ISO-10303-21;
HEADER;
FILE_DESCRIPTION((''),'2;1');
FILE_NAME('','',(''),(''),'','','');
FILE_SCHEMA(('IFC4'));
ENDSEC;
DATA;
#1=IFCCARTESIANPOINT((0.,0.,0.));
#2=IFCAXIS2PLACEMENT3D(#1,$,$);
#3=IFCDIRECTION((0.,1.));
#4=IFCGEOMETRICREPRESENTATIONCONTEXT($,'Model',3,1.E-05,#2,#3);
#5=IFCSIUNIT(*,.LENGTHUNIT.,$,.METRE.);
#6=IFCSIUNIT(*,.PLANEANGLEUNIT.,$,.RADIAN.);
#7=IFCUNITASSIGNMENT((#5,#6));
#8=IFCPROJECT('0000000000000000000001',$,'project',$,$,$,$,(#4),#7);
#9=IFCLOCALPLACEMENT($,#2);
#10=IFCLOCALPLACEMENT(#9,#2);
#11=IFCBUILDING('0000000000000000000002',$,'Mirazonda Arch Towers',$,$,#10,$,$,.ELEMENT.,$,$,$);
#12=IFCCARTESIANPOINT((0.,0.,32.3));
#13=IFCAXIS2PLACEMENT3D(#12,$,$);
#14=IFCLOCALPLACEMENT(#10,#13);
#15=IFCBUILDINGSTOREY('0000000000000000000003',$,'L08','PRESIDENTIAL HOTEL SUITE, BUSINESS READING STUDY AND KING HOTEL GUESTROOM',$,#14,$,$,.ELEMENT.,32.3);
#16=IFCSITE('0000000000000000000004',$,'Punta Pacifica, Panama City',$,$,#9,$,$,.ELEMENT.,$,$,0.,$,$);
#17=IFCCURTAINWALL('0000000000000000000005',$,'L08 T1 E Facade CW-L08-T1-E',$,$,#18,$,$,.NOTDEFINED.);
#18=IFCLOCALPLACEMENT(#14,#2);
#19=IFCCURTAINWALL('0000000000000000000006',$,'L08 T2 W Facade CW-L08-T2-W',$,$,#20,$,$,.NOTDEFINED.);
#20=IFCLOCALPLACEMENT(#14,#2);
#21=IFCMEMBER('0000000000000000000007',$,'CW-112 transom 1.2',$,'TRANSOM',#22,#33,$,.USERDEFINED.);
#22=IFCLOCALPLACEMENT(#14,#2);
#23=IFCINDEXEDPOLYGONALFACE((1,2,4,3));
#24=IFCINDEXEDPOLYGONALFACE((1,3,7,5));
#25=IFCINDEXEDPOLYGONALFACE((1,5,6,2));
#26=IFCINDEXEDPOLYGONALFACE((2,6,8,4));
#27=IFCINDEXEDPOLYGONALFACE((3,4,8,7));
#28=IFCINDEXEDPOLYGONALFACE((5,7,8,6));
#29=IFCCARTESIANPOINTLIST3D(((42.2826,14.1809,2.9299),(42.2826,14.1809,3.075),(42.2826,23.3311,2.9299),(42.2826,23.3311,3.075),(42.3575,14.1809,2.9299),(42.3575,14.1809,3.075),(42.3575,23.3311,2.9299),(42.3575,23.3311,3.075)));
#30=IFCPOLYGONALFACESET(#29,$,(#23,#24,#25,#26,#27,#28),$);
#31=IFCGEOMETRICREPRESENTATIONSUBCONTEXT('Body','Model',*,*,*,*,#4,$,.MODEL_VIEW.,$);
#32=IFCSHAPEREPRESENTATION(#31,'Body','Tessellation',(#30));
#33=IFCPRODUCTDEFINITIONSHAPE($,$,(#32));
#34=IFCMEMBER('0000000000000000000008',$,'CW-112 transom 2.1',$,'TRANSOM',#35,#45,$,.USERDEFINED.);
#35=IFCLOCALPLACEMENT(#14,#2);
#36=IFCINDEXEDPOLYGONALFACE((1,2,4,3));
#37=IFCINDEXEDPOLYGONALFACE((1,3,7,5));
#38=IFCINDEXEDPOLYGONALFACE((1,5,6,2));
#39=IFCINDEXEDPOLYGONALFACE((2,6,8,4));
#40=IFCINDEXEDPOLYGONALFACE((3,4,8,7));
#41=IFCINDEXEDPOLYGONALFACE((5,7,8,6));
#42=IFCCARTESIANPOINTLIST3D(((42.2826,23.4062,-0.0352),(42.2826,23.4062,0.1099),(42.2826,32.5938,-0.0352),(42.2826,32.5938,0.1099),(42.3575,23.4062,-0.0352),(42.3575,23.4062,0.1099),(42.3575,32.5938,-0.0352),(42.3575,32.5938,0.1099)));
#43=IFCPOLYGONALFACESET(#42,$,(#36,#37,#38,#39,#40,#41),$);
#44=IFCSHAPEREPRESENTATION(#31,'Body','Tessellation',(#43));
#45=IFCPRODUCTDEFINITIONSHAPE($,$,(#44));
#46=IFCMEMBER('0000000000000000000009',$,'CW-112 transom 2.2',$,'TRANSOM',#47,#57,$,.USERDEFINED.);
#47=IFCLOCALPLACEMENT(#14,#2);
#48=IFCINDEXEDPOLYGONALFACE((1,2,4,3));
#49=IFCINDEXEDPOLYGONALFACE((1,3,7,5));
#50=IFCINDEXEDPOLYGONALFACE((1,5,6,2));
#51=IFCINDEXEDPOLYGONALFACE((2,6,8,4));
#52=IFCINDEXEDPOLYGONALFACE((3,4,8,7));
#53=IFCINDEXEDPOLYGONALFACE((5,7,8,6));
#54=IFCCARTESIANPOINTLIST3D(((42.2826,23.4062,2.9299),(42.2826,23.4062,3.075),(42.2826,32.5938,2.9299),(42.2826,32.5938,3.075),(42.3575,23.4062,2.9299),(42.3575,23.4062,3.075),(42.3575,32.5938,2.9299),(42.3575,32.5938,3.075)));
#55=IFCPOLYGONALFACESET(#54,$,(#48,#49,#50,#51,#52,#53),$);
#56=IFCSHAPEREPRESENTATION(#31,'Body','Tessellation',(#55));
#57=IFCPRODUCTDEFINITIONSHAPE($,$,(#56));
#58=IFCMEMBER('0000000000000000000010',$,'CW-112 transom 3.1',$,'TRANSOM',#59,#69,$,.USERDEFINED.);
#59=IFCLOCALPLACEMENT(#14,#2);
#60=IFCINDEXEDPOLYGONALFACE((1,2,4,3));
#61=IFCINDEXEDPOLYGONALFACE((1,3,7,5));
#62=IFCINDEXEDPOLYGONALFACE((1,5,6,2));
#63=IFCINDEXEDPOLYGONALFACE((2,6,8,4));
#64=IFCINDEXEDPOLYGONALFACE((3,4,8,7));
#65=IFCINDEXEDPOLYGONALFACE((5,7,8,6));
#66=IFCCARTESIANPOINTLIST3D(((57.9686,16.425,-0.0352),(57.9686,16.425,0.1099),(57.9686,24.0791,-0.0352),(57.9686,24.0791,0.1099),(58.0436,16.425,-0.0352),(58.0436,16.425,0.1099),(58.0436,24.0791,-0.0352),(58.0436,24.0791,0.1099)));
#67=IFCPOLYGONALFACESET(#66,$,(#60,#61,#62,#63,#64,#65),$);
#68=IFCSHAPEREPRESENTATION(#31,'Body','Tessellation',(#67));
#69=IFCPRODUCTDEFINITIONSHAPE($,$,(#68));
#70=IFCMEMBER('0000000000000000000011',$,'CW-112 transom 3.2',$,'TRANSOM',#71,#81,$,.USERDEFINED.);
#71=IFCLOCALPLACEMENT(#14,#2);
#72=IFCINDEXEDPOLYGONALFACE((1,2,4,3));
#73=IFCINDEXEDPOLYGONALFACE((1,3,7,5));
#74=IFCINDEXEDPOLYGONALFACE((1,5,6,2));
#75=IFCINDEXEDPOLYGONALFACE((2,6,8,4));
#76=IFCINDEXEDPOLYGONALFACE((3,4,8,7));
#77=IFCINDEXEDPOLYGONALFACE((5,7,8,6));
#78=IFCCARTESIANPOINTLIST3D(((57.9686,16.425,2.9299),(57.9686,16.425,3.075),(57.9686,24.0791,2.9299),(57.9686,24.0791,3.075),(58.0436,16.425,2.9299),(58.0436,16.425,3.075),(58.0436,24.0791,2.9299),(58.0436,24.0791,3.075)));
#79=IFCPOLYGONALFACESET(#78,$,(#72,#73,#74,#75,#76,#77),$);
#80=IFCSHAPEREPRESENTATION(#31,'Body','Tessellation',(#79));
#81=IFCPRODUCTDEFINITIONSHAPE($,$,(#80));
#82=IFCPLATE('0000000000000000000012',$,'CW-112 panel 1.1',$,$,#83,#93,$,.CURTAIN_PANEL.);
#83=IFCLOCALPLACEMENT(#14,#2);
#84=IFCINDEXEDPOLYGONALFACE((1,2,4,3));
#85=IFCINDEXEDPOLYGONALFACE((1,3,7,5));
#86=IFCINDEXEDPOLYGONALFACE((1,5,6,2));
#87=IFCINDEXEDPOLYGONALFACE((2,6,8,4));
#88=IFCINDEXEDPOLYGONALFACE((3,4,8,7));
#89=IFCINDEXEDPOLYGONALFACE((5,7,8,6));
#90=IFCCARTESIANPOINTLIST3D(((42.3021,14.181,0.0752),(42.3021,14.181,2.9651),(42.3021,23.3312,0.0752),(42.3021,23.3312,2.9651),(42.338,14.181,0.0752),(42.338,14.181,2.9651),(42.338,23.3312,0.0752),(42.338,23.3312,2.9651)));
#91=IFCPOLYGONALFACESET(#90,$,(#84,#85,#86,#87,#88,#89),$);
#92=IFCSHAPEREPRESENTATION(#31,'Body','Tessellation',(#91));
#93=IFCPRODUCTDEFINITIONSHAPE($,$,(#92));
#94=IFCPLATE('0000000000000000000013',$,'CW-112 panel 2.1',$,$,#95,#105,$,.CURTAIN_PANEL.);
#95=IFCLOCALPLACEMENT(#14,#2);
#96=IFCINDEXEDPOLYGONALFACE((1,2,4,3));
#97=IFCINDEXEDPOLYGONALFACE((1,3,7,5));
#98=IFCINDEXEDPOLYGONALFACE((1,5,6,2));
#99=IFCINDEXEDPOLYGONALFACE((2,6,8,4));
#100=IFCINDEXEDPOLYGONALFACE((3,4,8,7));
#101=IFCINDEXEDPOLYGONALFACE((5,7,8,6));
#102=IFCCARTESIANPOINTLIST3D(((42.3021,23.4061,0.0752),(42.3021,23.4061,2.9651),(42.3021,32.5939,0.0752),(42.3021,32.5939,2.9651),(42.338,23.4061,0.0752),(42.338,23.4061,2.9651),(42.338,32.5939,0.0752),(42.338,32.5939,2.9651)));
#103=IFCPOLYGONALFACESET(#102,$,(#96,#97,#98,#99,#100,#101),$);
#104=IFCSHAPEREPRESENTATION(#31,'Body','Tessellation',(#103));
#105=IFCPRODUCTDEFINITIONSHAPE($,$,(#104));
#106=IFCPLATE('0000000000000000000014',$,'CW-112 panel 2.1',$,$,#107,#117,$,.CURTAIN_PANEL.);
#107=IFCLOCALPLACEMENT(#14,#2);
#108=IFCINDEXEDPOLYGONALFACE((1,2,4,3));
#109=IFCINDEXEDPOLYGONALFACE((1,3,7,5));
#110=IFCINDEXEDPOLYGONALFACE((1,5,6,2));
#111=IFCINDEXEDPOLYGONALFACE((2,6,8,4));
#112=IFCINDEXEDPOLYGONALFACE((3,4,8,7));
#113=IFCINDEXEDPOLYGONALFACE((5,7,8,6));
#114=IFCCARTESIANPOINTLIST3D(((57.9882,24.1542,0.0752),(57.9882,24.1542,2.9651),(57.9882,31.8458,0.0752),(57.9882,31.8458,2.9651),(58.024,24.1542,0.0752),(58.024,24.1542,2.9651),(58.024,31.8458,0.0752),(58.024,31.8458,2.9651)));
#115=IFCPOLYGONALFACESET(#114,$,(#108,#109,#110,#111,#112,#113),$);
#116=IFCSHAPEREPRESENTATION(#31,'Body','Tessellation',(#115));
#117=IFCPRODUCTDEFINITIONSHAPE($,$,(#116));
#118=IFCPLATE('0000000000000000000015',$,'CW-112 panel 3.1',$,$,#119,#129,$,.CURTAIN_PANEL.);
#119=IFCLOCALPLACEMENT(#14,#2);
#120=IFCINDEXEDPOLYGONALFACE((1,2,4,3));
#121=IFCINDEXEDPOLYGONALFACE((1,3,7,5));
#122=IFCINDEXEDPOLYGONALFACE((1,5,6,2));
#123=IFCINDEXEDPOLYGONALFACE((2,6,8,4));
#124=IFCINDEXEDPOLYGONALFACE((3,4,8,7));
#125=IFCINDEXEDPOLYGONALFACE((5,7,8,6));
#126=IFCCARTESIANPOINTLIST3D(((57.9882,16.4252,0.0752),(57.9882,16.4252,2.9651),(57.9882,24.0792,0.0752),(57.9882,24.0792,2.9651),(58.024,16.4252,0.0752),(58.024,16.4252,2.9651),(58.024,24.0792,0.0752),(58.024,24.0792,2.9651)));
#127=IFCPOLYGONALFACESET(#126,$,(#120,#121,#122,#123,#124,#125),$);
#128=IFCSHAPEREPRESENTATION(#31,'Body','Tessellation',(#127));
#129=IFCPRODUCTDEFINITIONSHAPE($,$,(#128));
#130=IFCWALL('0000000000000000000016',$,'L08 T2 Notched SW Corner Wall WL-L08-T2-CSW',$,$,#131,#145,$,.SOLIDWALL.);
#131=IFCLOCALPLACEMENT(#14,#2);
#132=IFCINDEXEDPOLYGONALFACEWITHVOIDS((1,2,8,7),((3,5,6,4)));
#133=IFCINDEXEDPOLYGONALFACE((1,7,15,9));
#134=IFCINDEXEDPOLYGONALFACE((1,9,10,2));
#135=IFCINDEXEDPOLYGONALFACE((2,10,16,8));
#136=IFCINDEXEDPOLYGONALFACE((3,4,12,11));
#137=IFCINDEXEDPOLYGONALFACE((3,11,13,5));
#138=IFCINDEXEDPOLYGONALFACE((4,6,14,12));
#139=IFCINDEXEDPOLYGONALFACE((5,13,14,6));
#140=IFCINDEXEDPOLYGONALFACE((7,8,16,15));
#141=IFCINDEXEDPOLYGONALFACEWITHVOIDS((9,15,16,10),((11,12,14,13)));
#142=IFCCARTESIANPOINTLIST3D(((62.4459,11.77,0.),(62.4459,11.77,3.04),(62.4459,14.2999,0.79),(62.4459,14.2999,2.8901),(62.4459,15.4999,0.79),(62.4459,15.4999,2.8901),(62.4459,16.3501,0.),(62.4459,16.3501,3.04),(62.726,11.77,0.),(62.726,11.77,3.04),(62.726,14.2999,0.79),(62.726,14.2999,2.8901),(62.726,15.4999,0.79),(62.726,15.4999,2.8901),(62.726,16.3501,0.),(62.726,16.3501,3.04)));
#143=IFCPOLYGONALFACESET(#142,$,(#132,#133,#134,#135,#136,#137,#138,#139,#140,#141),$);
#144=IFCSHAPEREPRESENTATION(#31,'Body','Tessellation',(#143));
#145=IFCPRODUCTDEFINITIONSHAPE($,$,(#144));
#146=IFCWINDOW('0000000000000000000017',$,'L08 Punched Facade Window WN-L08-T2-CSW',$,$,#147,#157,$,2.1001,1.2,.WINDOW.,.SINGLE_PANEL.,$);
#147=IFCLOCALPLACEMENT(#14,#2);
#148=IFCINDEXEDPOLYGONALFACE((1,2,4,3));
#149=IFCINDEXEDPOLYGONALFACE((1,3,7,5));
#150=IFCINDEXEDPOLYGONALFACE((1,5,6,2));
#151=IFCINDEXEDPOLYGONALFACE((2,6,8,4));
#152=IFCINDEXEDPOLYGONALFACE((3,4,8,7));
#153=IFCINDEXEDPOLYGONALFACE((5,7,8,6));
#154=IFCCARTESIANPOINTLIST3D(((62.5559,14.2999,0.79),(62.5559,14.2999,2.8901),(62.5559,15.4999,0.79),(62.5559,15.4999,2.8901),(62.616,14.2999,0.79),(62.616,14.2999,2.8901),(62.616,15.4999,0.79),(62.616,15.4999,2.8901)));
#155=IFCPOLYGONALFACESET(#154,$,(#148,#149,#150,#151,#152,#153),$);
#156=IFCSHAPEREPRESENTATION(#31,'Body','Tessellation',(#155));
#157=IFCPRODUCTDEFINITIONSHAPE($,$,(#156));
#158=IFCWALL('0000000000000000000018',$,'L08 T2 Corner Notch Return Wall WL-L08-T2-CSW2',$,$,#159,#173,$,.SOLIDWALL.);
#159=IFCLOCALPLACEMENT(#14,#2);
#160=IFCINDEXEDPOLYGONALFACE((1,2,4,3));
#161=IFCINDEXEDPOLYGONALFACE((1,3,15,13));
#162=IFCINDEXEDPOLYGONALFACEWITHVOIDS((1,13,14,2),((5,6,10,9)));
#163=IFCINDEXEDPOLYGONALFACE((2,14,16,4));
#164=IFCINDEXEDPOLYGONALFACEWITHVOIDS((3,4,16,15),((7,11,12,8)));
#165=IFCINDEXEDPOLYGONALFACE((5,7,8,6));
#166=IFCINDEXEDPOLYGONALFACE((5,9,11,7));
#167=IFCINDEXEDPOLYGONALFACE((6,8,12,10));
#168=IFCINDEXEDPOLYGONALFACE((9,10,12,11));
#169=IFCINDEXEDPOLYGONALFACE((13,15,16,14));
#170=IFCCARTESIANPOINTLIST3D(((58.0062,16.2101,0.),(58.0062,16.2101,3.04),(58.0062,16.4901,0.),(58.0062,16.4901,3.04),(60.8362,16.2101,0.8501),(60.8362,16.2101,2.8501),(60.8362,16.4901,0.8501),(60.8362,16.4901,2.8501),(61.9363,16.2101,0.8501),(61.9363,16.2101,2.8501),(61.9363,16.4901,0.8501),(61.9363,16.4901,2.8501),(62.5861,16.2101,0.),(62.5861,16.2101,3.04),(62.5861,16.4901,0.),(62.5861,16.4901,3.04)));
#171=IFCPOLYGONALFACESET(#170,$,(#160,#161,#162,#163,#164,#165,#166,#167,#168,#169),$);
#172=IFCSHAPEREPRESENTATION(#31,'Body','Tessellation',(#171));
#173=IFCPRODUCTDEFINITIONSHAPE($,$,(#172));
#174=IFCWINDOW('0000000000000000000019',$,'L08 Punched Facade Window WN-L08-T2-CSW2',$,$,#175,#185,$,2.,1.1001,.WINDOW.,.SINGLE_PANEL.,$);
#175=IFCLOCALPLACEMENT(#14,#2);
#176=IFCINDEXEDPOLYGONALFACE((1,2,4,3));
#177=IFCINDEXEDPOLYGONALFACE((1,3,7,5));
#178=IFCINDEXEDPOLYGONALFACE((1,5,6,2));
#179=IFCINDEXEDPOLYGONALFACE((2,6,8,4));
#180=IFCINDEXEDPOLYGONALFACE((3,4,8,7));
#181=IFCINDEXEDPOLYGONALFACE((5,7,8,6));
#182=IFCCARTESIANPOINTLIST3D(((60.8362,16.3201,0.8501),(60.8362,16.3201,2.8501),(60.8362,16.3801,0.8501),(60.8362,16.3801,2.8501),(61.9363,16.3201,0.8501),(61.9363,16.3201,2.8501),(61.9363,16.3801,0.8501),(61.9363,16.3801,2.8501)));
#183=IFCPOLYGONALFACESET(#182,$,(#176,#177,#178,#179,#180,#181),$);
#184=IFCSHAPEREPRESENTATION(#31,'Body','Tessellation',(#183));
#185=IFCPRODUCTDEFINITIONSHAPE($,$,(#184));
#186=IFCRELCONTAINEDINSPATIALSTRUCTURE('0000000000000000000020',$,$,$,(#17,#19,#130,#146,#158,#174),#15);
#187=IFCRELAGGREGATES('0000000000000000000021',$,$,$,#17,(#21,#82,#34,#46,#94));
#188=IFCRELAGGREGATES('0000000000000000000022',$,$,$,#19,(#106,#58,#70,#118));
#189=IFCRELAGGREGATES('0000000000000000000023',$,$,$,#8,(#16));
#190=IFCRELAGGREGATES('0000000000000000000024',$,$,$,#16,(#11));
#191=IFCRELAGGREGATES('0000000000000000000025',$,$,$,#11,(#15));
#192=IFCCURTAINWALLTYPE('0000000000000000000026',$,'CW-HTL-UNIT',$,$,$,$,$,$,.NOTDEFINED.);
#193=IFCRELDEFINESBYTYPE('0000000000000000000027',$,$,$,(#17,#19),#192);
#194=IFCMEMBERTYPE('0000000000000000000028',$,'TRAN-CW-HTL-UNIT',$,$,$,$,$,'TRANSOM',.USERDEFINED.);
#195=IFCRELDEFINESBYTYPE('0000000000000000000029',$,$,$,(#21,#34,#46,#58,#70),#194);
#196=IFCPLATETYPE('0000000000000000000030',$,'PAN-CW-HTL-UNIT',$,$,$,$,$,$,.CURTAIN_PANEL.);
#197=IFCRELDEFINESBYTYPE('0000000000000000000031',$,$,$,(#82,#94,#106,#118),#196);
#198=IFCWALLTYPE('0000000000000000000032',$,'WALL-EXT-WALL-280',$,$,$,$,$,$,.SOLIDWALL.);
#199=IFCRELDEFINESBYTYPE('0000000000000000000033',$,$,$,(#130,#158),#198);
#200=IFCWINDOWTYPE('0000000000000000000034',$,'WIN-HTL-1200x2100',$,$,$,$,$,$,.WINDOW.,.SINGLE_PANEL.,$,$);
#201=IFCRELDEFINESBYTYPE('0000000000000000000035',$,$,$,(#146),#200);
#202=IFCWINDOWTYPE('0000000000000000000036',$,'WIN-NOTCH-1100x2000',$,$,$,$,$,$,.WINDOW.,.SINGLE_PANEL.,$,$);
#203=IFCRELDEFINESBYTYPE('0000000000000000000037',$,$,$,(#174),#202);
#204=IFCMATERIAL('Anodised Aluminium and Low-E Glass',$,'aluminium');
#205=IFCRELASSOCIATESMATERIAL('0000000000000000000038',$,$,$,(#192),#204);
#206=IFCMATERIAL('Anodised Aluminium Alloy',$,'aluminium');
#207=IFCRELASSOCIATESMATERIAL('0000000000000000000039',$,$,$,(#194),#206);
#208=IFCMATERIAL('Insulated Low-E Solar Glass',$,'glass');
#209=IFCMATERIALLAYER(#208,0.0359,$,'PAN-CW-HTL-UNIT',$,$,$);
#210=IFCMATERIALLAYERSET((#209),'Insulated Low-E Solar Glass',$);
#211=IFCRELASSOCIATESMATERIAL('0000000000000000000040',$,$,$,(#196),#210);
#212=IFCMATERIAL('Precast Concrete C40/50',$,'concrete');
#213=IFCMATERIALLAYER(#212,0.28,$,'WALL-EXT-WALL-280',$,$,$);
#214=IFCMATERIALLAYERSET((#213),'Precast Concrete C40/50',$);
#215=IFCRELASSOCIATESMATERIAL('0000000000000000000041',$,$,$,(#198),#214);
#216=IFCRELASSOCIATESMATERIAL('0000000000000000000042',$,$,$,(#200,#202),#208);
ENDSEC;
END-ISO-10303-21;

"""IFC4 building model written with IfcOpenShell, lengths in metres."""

from ifc_helpers import new_model, si_unit, direction, frame, frame_2d, origin, origin_2d, place, context, subcontext, project, spatial, rectangle, extrude, material, layer, layer_set, material_profile, profile_set, type_object, element, fill, aggregate, save


model = new_model("IFC4")

# Units and contexts
model_context = context("Model", 3, precision=1e-05, world=origin(), true_north=direction((0.0, 1.0)))
body_context = subcontext(model_context, "Body", "Model", "MODEL_VIEW")
ifc_project = project(units=[si_unit("LENGTHUNIT", "METRE"), si_unit("PLANEANGLEUNIT", "RADIAN")], contexts=[model_context])

# Site, building, storey
site_placement = place(None, origin())
site = spatial("IfcSite", under=ifc_project, at=site_placement, Name="Punta Pacifica, Panama City", CompositionType="ELEMENT", RefElevation=0.0)
building_placement = place(site_placement, origin())
building = spatial("IfcBuilding", under=site, at=building_placement, Name="Mirazonda Arch Towers", CompositionType="ELEMENT")
storey_placement = place(building_placement, frame((0.0, 0.0, 32.3)))
storey = spatial("IfcBuildingStorey", under=building, at=storey_placement, Name="L08", Description="PRESIDENTIAL HOTEL SUITE, BUSINESS READING STUDY AND KING HOTEL GUESTROOM", CompositionType="ELEMENT", Elevation=32.3)

# Curtain wall
ifc_material_1 = material(Name="Anodised Aluminium and Low-E Glass", Category="aluminium")
curtain_wall_type = type_object("IfcCurtainWallType", Name="CW-HTL-UNIT", PredefinedType="NOTDEFINED", material=ifc_material_1)
curtain_wall_1_placement = place(storey_placement, origin())
curtain_wall_1 = element("IfcCurtainWall", 1, at=curtain_wall_1_placement, inside=storey, type_object=curtain_wall_type, Name="L08 T1 E Facade CW-L08-T1-E", PredefinedType="NOTDEFINED")
ifc_material_2 = material(Name="Anodised Aluminium Alloy", Category="aluminium")

# Curtain wall
curtain_wall_2_placement = place(storey_placement, origin())
curtain_wall_2 = element("IfcCurtainWall", 2, at=curtain_wall_2_placement, inside=storey, type_object=curtain_wall_type, Name="L08 T2 W Facade CW-L08-T2-W", PredefinedType="NOTDEFINED")

# Members
ifc_material_profile_1 = material_profile(ifc_material_2, rectangle(XDim=0.075, YDim=0.145, at=origin_2d()), Name="ALU-TRAN-75x145")
ifc_profile_set_1 = profile_set([ifc_material_profile_1], Name="Anodised Aluminium Alloy")
member_type_1 = type_object("IfcMemberType", Name="TRAN-CW-HTL-UNIT", ElementType="TRANSOM", PredefinedType="USERDEFINED", material=ifc_profile_set_1)
member_1_placement = place(storey_placement, frame((42.3201, 14.1809, 3.0024), z_axis=(0.0, 1.0, 0.0), x_axis=(-1.0, 0.0, 0.0)))
member_1 = element("IfcMember", 3, at=member_1_placement, type_object=member_type_1, Name="CW-112 transom 1.2", ObjectType="TRANSOM", PredefinedType="USERDEFINED", context=body_context, shape_type="SweptSolid", body=[
    extrude(rectangle(XDim=0.075, YDim=0.145, at=origin_2d()), origin(), (0.0, 0.0, 1.0), 9.1501),
])
member_2_placement = place(storey_placement, frame((42.3201, 23.4062, 0.0374), z_axis=(0.0, 1.0, 0.0), x_axis=(-1.0, 0.0, 0.0)))
member_2 = element("IfcMember", 4, at=member_2_placement, type_object=member_type_1, Name="CW-112 transom 2.1", ObjectType="TRANSOM", PredefinedType="USERDEFINED", context=body_context, shape_type="SweptSolid", body=[
    extrude(rectangle(XDim=0.075, YDim=0.145, at=origin_2d()), origin(), (0.0, 0.0, 1.0), 9.1875),
])
member_3_placement = place(storey_placement, frame((42.3201, 23.4062, 3.0024), z_axis=(0.0, 1.0, 0.0), x_axis=(-1.0, 0.0, 0.0)))
member_3 = element("IfcMember", 5, at=member_3_placement, type_object=member_type_1, Name="CW-112 transom 2.2", ObjectType="TRANSOM", PredefinedType="USERDEFINED", context=body_context, shape_type="SweptSolid", body=[
    extrude(rectangle(XDim=0.075, YDim=0.145, at=origin_2d()), origin(), (0.0, 0.0, 1.0), 9.1875),
])
member_4_placement = place(storey_placement, frame((58.0061, 24.0791, 0.0374), z_axis=(0.0, -1.0, 0.0), x_axis=(1.0, 0.0, 0.0)))
member_4 = element("IfcMember", 6, at=member_4_placement, type_object=member_type_1, Name="CW-112 transom 3.1", ObjectType="TRANSOM", PredefinedType="USERDEFINED", context=body_context, shape_type="SweptSolid", body=[
    extrude(rectangle(XDim=0.075, YDim=0.145, at=origin_2d()), origin(), (0.0, 0.0, 1.0), 7.6541),
])
member_5_placement = place(storey_placement, frame((58.0061, 24.0791, 3.0024), z_axis=(0.0, -1.0, 0.0), x_axis=(1.0, 0.0, 0.0)))
member_5 = element("IfcMember", 7, at=member_5_placement, type_object=member_type_1, Name="CW-112 transom 3.2", ObjectType="TRANSOM", PredefinedType="USERDEFINED", context=body_context, shape_type="SweptSolid", body=[
    extrude(rectangle(XDim=0.075, YDim=0.145, at=origin_2d()), origin(), (0.0, 0.0, 1.0), 7.6541),
])

# Plates
ifc_material_3 = material(Name="Insulated Low-E Solar Glass", Category="glass")
ifc_layer_1 = layer(ifc_material_3, 0.0359, Name="PAN-CW-HTL-UNIT")
ifc_layer_set_1 = layer_set([ifc_layer_1], Name="Insulated Low-E Solar Glass")
plate_type = type_object("IfcPlateType", Name="PAN-CW-HTL-UNIT", PredefinedType="CURTAIN_PANEL", material=ifc_layer_set_1)
plate_1_placement = place(storey_placement, frame((42.3201, 18.7561, 0.0752), z_axis=(0.0, 0.0, 1.0), x_axis=(0.0, 1.0, 0.0)))
plate_1 = element("IfcPlate", 8, at=plate_1_placement, type_object=plate_type, Name="CW-112 panel 1.1", PredefinedType="CURTAIN_PANEL", context=body_context, shape_type="SweptSolid", body=[
    extrude(rectangle(XDim=9.1501, YDim=0.0359, at=origin_2d()), origin(), (0.0, 0.0, 1.0), 2.8899),
])
plate_2_placement = place(storey_placement, frame((42.3201, 28.0, 0.0752), z_axis=(0.0, 0.0, 1.0), x_axis=(0.0, 1.0, 0.0)))
plate_2 = element("IfcPlate", 9, at=plate_2_placement, type_object=plate_type, Name="CW-112 panel 2.1", PredefinedType="CURTAIN_PANEL", context=body_context, shape_type="SweptSolid", body=[
    extrude(rectangle(XDim=9.1877, YDim=0.0359, at=origin_2d()), origin(), (0.0, 0.0, 1.0), 2.8899),
])
aggregate(curtain_wall_1, [member_1, plate_1, member_2, member_3, plate_2])
plate_3_placement = place(storey_placement, frame((58.0061, 28.0, 0.0752), z_axis=(0.0, 0.0, 1.0), x_axis=(0.0, -1.0, 0.0)))
plate_3 = element("IfcPlate", 10, at=plate_3_placement, type_object=plate_type, Name="CW-112 panel 2.1", PredefinedType="CURTAIN_PANEL", context=body_context, shape_type="SweptSolid", body=[
    extrude(rectangle(XDim=7.6917, YDim=0.0359, at=origin_2d()), origin(), (0.0, 0.0, 1.0), 2.8899),
])
plate_4_placement = place(storey_placement, frame((58.0061, 20.2522, 0.0752), z_axis=(0.0, 0.0, 1.0), x_axis=(0.0, -1.0, 0.0)))
plate_4 = element("IfcPlate", 11, at=plate_4_placement, type_object=plate_type, Name="CW-112 panel 3.1", PredefinedType="CURTAIN_PANEL", context=body_context, shape_type="SweptSolid", body=[
    extrude(rectangle(XDim=7.6541, YDim=0.0359, at=origin_2d()), origin(), (0.0, 0.0, 1.0), 2.8899),
])
aggregate(curtain_wall_2, [plate_3, member_4, member_5, plate_4])

# Walls, openings, windows
ifc_material_4 = material(Name="Precast Concrete C40/50", Category="concrete")
ifc_layer_2 = layer(ifc_material_4, 0.28, Name="WALL-EXT-WALL-280")
ifc_layer_set_2 = layer_set([ifc_layer_2], Name="Precast Concrete C40/50")
wall_type_1 = type_object("IfcWallType", Name="WALL-EXT-WALL-280", PredefinedType="SOLIDWALL", material=ifc_layer_set_2)
wall_1_placement = place(storey_placement, frame((62.5859, 16.3501, 0.0), z_axis=(0.0, 0.0, 1.0), x_axis=(0.0, -1.0, 0.0)))
wall_1 = element("IfcWall", 12, at=wall_1_placement, inside=storey, type_object=wall_type_1, Name="L08 T2 Notched SW Corner Wall WL-L08-T2-CSW", PredefinedType="SOLIDWALL", context=body_context, shape_type="SweptSolid", body=[
    extrude(rectangle(XDim=4.5801, YDim=0.28, at=frame_2d((2.29, 0.0))), origin(), (0.0, 0.0, 1.0), 3.04),
])
opening_1_placement = place(wall_1_placement, frame((0.8501, 0.0, 0.79)))
opening_1 = element("IfcOpeningElement", 13, at=opening_1_placement, cuts=wall_1, PredefinedType="OPENING", context=body_context, shape_type="SweptSolid", body=[
    extrude(rectangle(XDim=1.2, YDim=2.1001, at=frame_2d((0.6001, 1.05))), frame((0.0, 0.1499, 0.0), z_axis=(0.0, -1.0, 0.0), x_axis=(1.0, 0.0, 0.0)), (0.0, 0.0, 1.0), 0.3),
])
window_type_1 = type_object("IfcWindowType", Name="WIN-HTL-1200x2100", PartitioningType="SINGLE_PANEL", PredefinedType="WINDOW", material=ifc_material_3)
window_1_placement = place(opening_1_placement, origin())
window_1 = element("IfcWindow", 14, at=window_1_placement, inside=storey, type_object=window_type_1, Name="L08 Punched Facade Window WN-L08-T2-CSW", OverallHeight=2.1001, OverallWidth=1.2, PartitioningType="SINGLE_PANEL", PredefinedType="WINDOW", context=body_context, shape_type="SweptSolid", body=[
    extrude(rectangle(XDim=1.2, YDim=2.1001, at=frame_2d((0.6001, 1.05))), frame((0.0, 0.03, 0.0), z_axis=(0.0, -1.0, 0.0), x_axis=(1.0, 0.0, 0.0)), (0.0, 0.0, 1.0), 0.0601),
])
fill(opening_1, window_1)
wall_2_placement = place(storey_placement, frame((58.0061, 16.3501, 0.0), z_axis=(0.0, 0.0, 1.0), x_axis=(1.0, 0.0, 0.0)))
wall_2 = element("IfcWall", 15, at=wall_2_placement, inside=storey, type_object=wall_type_1, Name="L08 T2 Corner Notch Return Wall WL-L08-T2-CSW2", PredefinedType="SOLIDWALL", context=body_context, shape_type="SweptSolid", body=[
    extrude(rectangle(XDim=4.5798, YDim=0.28, at=frame_2d((2.29, 0.0))), origin(), (0.0, 0.0, 1.0), 3.04),
])
opening_2_placement = place(wall_2_placement, frame((2.8301, 0.0, 0.8501)))
opening_2 = element("IfcOpeningElement", 16, at=opening_2_placement, cuts=wall_2, PredefinedType="OPENING", context=body_context, shape_type="SweptSolid", body=[
    extrude(rectangle(XDim=1.1001, YDim=2.0, at=frame_2d((0.55, 1.0))), frame((0.0, 0.1499, 0.0), z_axis=(0.0, -1.0, 0.0), x_axis=(1.0, 0.0, 0.0)), (0.0, 0.0, 1.0), 0.3),
])
window_type_2 = type_object("IfcWindowType", Name="WIN-NOTCH-1100x2000", PartitioningType="SINGLE_PANEL", PredefinedType="WINDOW", material=ifc_material_3)
window_2_placement = place(opening_2_placement, origin())
window_2 = element("IfcWindow", 17, at=window_2_placement, inside=storey, type_object=window_type_2, Name="L08 Punched Facade Window WN-L08-T2-CSW2", OverallHeight=2.0, OverallWidth=1.1001, PartitioningType="SINGLE_PANEL", PredefinedType="WINDOW", context=body_context, shape_type="SweptSolid", body=[
    extrude(rectangle(XDim=1.1001, YDim=2.0, at=frame_2d((0.55, 1.0))), frame((0.0, 0.03, 0.0), z_axis=(0.0, -1.0, 0.0), x_axis=(1.0, 0.0, 0.0)), (0.0, 0.0, 1.0), 0.0601),
])
fill(opening_2, window_2)

save(model, "model.ifc")
